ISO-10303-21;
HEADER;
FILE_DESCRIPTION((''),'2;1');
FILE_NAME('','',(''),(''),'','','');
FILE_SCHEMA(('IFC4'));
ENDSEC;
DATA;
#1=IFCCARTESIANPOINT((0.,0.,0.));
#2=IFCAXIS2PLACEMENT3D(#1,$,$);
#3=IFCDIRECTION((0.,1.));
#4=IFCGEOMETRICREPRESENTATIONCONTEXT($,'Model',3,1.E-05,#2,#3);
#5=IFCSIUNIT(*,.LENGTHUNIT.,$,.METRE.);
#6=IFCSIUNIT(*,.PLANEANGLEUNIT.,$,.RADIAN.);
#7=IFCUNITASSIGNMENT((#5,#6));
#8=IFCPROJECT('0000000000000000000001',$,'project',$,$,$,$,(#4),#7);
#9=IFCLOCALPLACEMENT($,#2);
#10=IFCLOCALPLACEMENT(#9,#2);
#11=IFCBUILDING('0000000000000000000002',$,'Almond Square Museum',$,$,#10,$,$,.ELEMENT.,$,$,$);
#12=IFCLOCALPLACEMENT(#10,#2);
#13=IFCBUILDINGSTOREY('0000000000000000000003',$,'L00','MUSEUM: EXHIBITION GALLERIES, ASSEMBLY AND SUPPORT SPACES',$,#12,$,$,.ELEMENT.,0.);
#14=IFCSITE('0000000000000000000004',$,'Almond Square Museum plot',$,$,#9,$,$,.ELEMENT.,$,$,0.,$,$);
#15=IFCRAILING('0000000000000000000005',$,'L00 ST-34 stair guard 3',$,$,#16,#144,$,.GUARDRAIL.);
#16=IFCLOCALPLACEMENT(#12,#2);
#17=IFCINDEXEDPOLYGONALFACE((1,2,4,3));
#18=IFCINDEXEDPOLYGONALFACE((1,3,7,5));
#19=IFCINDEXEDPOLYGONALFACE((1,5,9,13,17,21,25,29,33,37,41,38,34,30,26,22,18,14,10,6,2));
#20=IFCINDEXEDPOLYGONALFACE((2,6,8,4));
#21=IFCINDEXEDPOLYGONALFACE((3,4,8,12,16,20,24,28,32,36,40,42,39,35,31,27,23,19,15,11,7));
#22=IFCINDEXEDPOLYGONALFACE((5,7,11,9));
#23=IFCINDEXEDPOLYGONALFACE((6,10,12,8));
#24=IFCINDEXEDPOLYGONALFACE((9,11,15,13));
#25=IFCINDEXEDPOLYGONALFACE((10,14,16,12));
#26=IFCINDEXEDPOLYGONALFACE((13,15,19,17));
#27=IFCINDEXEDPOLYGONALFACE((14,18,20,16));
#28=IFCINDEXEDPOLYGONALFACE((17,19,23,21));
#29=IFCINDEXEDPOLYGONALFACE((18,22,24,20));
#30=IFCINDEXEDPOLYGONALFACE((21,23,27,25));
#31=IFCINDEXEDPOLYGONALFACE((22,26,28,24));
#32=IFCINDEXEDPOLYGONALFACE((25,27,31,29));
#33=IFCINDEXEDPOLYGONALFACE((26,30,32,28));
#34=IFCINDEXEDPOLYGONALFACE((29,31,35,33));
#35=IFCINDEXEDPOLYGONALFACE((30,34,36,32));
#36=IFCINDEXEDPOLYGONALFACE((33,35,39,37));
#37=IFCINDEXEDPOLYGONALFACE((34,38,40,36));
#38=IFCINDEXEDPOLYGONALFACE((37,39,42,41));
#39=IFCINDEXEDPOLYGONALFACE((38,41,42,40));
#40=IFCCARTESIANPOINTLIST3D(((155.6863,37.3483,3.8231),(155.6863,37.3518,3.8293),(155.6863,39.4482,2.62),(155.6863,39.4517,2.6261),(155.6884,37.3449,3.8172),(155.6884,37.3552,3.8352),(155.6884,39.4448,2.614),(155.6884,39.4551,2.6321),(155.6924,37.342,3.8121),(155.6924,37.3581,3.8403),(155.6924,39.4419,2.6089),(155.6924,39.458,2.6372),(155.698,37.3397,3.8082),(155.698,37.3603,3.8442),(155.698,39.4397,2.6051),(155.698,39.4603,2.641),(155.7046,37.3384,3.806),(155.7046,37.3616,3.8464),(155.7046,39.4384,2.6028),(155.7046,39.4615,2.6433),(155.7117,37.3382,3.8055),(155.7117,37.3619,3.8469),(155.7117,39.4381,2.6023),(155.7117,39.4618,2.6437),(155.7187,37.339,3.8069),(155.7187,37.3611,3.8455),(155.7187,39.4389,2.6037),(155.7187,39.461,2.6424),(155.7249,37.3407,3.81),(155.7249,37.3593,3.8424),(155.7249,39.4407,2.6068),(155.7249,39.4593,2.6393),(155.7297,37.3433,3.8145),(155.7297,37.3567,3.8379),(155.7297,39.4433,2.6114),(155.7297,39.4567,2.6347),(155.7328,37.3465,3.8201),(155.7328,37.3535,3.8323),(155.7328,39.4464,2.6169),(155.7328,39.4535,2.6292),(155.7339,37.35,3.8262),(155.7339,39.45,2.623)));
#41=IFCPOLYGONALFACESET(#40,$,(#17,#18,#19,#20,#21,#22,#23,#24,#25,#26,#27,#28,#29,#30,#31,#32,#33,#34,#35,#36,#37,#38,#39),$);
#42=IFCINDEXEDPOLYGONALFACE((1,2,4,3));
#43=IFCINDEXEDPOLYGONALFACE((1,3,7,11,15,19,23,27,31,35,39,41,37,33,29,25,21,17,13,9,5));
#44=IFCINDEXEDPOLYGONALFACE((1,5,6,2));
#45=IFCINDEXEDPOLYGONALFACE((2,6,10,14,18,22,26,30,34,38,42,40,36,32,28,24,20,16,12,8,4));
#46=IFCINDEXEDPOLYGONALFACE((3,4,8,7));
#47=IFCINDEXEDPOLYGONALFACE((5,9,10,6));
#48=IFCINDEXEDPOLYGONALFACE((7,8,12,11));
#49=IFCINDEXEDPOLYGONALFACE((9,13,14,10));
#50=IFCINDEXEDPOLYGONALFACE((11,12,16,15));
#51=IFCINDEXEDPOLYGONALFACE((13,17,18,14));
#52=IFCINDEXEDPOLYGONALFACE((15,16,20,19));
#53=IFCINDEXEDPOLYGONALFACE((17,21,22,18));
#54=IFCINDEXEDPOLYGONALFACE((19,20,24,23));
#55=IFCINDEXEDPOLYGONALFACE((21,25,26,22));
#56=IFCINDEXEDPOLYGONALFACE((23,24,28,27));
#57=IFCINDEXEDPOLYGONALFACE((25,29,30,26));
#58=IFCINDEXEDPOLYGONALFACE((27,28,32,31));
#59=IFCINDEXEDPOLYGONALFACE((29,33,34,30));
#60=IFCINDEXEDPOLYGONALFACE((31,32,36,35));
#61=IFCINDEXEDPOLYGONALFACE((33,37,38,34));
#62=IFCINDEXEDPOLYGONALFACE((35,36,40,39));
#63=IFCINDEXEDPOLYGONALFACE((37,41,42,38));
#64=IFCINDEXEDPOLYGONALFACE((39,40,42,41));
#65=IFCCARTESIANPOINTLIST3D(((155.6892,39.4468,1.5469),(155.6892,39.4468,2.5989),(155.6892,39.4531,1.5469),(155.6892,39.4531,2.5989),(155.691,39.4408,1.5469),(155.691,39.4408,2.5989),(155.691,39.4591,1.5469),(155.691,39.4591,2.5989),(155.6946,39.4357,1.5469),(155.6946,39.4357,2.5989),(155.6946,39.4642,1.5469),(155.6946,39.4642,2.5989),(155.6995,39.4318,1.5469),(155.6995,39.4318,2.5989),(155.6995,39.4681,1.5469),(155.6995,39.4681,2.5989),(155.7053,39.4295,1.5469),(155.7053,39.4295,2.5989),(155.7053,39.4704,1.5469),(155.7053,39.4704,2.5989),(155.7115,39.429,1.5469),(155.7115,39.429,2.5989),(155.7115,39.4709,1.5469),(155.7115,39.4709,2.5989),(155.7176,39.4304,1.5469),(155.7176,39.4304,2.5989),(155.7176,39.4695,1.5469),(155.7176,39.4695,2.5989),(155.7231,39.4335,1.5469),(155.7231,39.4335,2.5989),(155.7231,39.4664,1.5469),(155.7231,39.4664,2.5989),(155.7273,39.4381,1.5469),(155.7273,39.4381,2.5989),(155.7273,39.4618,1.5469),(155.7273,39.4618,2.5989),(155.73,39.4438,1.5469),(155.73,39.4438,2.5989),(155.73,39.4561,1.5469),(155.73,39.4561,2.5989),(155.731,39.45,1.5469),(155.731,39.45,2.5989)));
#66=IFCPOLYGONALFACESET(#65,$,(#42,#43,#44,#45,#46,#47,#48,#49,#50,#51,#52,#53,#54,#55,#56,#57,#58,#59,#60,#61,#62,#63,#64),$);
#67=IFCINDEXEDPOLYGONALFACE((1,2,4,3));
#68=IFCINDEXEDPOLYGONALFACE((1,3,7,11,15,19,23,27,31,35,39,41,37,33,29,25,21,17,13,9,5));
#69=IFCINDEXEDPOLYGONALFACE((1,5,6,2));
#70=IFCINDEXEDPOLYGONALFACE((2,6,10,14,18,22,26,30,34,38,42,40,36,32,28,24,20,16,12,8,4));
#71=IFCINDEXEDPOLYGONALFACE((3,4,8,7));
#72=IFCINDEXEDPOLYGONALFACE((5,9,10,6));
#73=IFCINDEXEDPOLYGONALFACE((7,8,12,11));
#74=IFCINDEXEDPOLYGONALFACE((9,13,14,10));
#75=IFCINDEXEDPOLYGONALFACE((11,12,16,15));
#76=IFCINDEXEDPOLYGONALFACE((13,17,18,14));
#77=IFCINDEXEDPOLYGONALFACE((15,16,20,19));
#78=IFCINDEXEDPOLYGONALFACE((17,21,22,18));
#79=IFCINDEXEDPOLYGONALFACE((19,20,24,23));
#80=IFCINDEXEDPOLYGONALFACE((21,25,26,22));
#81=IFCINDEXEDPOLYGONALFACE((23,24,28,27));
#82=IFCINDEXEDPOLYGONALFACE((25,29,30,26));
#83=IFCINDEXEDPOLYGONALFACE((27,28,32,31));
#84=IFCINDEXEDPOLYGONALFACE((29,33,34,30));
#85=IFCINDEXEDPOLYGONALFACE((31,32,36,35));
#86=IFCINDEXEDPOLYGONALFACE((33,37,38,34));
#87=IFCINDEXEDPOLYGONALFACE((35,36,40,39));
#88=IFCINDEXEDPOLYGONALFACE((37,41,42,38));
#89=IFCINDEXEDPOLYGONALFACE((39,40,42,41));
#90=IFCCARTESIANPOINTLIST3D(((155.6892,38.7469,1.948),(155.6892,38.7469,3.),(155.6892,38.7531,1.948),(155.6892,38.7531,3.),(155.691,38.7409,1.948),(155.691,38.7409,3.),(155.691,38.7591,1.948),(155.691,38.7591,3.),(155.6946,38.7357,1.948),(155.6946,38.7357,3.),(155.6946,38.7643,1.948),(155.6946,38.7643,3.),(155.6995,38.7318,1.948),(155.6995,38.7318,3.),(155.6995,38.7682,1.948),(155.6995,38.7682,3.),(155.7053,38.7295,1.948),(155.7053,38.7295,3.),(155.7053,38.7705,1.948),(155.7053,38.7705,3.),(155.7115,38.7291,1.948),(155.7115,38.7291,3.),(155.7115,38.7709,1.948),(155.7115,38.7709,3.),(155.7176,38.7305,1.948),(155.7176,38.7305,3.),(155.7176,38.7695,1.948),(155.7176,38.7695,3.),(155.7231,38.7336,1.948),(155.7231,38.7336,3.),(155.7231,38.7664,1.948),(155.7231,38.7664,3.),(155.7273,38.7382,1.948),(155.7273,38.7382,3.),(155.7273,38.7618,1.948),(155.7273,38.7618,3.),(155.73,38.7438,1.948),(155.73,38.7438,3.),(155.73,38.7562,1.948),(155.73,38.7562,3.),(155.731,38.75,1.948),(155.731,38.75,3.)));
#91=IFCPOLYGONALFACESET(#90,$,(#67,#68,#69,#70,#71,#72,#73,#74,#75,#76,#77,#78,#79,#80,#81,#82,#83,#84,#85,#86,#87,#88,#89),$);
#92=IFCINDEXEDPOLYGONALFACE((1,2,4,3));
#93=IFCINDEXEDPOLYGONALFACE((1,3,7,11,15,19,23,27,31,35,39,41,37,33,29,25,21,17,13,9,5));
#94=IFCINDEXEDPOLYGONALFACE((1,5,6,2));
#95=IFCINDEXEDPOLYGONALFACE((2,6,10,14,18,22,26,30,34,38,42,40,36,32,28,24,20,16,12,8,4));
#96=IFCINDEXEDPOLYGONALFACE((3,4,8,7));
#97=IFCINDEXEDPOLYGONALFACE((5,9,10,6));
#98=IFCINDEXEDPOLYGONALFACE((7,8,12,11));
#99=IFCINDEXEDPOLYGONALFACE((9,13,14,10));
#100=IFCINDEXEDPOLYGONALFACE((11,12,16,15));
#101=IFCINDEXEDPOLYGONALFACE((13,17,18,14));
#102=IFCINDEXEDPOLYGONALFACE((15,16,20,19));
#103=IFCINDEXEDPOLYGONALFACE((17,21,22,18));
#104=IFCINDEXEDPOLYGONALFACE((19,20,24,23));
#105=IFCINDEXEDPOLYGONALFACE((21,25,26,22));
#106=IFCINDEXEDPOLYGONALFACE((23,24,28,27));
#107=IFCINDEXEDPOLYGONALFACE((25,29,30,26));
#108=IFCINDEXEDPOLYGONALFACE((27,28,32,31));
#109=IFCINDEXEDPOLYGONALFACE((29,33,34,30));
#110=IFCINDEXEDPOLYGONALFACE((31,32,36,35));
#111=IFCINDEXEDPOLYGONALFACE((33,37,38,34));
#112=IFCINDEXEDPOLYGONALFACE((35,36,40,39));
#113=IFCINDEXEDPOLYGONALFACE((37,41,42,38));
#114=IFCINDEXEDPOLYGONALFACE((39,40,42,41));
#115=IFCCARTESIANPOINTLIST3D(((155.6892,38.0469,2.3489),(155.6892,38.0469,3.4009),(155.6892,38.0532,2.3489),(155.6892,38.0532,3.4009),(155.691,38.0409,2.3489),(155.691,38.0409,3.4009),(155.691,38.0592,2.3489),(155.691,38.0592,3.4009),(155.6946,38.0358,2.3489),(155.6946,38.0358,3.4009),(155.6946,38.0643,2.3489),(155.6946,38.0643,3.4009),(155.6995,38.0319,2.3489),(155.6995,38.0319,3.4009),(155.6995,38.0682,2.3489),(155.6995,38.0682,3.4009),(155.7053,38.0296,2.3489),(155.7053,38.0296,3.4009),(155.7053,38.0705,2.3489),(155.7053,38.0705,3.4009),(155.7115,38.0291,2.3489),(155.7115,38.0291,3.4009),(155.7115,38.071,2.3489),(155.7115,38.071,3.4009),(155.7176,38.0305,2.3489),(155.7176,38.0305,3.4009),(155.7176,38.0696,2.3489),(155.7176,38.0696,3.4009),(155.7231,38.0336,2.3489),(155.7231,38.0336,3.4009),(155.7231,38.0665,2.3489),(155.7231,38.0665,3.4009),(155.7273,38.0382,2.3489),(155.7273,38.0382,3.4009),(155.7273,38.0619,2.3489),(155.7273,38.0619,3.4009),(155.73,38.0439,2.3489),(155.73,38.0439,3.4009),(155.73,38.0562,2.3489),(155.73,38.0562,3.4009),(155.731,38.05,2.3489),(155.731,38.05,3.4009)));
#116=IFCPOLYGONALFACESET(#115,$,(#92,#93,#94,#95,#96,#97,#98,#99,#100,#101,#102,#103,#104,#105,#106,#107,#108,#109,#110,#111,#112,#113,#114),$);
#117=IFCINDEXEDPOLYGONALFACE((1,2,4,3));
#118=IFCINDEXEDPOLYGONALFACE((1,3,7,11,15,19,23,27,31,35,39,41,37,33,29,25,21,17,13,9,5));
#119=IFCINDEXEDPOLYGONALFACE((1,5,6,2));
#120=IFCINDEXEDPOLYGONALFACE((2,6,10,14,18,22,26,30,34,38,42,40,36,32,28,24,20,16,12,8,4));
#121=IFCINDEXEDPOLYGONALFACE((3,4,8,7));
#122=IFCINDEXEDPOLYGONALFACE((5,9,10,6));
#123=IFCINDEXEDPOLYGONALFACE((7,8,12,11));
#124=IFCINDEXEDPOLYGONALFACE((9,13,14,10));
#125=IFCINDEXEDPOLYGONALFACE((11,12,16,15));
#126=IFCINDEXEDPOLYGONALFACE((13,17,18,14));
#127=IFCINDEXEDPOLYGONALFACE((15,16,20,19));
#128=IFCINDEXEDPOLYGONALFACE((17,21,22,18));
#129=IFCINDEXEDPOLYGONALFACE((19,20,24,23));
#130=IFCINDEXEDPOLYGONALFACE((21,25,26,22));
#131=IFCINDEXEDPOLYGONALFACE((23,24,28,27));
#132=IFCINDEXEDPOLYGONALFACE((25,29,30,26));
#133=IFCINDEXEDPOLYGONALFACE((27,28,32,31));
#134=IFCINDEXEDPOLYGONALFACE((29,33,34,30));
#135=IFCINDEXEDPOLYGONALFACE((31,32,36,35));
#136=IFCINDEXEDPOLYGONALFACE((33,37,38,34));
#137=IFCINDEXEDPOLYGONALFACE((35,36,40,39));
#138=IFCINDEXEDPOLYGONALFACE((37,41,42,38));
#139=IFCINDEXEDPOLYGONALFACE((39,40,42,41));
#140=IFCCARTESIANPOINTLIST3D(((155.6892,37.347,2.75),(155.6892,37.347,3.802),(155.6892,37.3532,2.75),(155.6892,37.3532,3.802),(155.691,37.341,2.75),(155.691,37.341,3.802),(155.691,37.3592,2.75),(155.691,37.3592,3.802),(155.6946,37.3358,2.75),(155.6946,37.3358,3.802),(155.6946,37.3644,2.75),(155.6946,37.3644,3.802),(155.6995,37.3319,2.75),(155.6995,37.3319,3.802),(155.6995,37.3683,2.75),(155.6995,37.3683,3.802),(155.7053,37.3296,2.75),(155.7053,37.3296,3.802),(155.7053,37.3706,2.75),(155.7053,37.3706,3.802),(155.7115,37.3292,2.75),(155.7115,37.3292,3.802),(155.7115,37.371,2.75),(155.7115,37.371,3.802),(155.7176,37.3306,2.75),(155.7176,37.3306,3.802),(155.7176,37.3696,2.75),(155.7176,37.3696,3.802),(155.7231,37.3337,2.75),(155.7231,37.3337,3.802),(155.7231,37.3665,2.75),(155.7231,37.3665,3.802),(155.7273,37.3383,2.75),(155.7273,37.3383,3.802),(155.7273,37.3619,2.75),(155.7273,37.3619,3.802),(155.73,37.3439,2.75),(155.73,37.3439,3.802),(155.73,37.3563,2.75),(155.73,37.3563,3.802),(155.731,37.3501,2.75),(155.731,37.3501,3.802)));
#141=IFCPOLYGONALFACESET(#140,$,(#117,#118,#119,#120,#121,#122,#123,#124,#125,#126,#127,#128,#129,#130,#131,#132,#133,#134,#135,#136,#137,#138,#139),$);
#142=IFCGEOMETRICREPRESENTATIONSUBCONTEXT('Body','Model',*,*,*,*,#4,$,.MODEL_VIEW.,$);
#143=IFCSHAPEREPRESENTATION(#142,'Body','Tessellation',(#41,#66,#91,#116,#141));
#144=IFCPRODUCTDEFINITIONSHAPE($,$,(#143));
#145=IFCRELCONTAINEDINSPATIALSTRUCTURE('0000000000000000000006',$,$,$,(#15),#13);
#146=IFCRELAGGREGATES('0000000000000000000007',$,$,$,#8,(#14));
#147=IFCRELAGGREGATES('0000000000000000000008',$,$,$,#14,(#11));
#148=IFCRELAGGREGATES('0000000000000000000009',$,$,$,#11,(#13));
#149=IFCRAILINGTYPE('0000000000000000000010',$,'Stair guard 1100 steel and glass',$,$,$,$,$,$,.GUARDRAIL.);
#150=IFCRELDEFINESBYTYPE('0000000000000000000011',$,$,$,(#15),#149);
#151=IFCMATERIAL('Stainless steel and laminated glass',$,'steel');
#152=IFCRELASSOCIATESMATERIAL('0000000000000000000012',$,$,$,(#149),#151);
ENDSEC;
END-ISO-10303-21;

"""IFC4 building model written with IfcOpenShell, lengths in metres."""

from ifc_helpers import new_model, si_unit, direction, frame, origin, origin_2d, place, context, subcontext, project, spatial, circle, extrude, material, type_object, element, save


model = new_model("IFC4")

# Units and contexts
model_context = context("Model", 3, precision=1e-05, world=origin(), true_north=direction((0.0, 1.0)))
body_context = subcontext(model_context, "Body", "Model", "MODEL_VIEW")
ifc_project = project(units=[si_unit("LENGTHUNIT", "METRE"), si_unit("PLANEANGLEUNIT", "RADIAN")], contexts=[model_context])

# Site, building, storey
site_placement = place(None, origin())
site = spatial("IfcSite", under=ifc_project, at=site_placement, Name="Almond Square Museum plot", CompositionType="ELEMENT", RefElevation=0.0)
building_placement = place(site_placement, origin())
building = spatial("IfcBuilding", under=site, at=building_placement, Name="Almond Square Museum", CompositionType="ELEMENT")
storey_placement = place(building_placement, origin())
storey = spatial("IfcBuildingStorey", under=building, at=storey_placement, Name="L00", Description="MUSEUM: EXHIBITION GALLERIES, ASSEMBLY AND SUPPORT SPACES", CompositionType="ELEMENT", Elevation=0.0)

# Railing
ifc_material_1 = material(Name="Stainless steel and laminated glass", Category="steel")
railing_type_1 = type_object("IfcRailingType", Name="Stair guard 1100 steel and glass", PredefinedType="GUARDRAIL", material=ifc_material_1)
railing_1_placement = place(storey_placement, frame((155.71, 39.45, 1.5469)))
element("IfcRailing", 1, at=railing_1_placement, inside=storey, type_object=railing_type_1, Name="L00 ST-34 stair guard 3", PredefinedType="GUARDRAIL", context=body_context, shape_type="SweptSolid", body=[
    extrude(circle(Radius=0.0239, at=origin_2d()), frame((0.0, 0.0, 1.0762), z_axis=(0.0, -0.867671, 0.497138), x_axis=(1.0, 0.0, 0.0)), (0.0, 0.0, 1.0), 2.4202),
    extrude(circle(Radius=0.021, at=origin_2d()), origin(), (0.0, 0.0, 1.0), 1.052),
    extrude(circle(Radius=0.021, at=origin_2d()), frame((0.0, -0.7, 0.4011)), (0.0, 0.0, 1.0), 1.052),
    extrude(circle(Radius=0.021, at=origin_2d()), frame((0.0, -1.3999, 0.802)), (0.0, 0.0, 1.0), 1.052),
    extrude(circle(Radius=0.021, at=origin_2d()), frame((0.0, -2.0999, 1.2031)), (0.0, 0.0, 1.0), 1.052),
])

save(model, "model.ifc")
